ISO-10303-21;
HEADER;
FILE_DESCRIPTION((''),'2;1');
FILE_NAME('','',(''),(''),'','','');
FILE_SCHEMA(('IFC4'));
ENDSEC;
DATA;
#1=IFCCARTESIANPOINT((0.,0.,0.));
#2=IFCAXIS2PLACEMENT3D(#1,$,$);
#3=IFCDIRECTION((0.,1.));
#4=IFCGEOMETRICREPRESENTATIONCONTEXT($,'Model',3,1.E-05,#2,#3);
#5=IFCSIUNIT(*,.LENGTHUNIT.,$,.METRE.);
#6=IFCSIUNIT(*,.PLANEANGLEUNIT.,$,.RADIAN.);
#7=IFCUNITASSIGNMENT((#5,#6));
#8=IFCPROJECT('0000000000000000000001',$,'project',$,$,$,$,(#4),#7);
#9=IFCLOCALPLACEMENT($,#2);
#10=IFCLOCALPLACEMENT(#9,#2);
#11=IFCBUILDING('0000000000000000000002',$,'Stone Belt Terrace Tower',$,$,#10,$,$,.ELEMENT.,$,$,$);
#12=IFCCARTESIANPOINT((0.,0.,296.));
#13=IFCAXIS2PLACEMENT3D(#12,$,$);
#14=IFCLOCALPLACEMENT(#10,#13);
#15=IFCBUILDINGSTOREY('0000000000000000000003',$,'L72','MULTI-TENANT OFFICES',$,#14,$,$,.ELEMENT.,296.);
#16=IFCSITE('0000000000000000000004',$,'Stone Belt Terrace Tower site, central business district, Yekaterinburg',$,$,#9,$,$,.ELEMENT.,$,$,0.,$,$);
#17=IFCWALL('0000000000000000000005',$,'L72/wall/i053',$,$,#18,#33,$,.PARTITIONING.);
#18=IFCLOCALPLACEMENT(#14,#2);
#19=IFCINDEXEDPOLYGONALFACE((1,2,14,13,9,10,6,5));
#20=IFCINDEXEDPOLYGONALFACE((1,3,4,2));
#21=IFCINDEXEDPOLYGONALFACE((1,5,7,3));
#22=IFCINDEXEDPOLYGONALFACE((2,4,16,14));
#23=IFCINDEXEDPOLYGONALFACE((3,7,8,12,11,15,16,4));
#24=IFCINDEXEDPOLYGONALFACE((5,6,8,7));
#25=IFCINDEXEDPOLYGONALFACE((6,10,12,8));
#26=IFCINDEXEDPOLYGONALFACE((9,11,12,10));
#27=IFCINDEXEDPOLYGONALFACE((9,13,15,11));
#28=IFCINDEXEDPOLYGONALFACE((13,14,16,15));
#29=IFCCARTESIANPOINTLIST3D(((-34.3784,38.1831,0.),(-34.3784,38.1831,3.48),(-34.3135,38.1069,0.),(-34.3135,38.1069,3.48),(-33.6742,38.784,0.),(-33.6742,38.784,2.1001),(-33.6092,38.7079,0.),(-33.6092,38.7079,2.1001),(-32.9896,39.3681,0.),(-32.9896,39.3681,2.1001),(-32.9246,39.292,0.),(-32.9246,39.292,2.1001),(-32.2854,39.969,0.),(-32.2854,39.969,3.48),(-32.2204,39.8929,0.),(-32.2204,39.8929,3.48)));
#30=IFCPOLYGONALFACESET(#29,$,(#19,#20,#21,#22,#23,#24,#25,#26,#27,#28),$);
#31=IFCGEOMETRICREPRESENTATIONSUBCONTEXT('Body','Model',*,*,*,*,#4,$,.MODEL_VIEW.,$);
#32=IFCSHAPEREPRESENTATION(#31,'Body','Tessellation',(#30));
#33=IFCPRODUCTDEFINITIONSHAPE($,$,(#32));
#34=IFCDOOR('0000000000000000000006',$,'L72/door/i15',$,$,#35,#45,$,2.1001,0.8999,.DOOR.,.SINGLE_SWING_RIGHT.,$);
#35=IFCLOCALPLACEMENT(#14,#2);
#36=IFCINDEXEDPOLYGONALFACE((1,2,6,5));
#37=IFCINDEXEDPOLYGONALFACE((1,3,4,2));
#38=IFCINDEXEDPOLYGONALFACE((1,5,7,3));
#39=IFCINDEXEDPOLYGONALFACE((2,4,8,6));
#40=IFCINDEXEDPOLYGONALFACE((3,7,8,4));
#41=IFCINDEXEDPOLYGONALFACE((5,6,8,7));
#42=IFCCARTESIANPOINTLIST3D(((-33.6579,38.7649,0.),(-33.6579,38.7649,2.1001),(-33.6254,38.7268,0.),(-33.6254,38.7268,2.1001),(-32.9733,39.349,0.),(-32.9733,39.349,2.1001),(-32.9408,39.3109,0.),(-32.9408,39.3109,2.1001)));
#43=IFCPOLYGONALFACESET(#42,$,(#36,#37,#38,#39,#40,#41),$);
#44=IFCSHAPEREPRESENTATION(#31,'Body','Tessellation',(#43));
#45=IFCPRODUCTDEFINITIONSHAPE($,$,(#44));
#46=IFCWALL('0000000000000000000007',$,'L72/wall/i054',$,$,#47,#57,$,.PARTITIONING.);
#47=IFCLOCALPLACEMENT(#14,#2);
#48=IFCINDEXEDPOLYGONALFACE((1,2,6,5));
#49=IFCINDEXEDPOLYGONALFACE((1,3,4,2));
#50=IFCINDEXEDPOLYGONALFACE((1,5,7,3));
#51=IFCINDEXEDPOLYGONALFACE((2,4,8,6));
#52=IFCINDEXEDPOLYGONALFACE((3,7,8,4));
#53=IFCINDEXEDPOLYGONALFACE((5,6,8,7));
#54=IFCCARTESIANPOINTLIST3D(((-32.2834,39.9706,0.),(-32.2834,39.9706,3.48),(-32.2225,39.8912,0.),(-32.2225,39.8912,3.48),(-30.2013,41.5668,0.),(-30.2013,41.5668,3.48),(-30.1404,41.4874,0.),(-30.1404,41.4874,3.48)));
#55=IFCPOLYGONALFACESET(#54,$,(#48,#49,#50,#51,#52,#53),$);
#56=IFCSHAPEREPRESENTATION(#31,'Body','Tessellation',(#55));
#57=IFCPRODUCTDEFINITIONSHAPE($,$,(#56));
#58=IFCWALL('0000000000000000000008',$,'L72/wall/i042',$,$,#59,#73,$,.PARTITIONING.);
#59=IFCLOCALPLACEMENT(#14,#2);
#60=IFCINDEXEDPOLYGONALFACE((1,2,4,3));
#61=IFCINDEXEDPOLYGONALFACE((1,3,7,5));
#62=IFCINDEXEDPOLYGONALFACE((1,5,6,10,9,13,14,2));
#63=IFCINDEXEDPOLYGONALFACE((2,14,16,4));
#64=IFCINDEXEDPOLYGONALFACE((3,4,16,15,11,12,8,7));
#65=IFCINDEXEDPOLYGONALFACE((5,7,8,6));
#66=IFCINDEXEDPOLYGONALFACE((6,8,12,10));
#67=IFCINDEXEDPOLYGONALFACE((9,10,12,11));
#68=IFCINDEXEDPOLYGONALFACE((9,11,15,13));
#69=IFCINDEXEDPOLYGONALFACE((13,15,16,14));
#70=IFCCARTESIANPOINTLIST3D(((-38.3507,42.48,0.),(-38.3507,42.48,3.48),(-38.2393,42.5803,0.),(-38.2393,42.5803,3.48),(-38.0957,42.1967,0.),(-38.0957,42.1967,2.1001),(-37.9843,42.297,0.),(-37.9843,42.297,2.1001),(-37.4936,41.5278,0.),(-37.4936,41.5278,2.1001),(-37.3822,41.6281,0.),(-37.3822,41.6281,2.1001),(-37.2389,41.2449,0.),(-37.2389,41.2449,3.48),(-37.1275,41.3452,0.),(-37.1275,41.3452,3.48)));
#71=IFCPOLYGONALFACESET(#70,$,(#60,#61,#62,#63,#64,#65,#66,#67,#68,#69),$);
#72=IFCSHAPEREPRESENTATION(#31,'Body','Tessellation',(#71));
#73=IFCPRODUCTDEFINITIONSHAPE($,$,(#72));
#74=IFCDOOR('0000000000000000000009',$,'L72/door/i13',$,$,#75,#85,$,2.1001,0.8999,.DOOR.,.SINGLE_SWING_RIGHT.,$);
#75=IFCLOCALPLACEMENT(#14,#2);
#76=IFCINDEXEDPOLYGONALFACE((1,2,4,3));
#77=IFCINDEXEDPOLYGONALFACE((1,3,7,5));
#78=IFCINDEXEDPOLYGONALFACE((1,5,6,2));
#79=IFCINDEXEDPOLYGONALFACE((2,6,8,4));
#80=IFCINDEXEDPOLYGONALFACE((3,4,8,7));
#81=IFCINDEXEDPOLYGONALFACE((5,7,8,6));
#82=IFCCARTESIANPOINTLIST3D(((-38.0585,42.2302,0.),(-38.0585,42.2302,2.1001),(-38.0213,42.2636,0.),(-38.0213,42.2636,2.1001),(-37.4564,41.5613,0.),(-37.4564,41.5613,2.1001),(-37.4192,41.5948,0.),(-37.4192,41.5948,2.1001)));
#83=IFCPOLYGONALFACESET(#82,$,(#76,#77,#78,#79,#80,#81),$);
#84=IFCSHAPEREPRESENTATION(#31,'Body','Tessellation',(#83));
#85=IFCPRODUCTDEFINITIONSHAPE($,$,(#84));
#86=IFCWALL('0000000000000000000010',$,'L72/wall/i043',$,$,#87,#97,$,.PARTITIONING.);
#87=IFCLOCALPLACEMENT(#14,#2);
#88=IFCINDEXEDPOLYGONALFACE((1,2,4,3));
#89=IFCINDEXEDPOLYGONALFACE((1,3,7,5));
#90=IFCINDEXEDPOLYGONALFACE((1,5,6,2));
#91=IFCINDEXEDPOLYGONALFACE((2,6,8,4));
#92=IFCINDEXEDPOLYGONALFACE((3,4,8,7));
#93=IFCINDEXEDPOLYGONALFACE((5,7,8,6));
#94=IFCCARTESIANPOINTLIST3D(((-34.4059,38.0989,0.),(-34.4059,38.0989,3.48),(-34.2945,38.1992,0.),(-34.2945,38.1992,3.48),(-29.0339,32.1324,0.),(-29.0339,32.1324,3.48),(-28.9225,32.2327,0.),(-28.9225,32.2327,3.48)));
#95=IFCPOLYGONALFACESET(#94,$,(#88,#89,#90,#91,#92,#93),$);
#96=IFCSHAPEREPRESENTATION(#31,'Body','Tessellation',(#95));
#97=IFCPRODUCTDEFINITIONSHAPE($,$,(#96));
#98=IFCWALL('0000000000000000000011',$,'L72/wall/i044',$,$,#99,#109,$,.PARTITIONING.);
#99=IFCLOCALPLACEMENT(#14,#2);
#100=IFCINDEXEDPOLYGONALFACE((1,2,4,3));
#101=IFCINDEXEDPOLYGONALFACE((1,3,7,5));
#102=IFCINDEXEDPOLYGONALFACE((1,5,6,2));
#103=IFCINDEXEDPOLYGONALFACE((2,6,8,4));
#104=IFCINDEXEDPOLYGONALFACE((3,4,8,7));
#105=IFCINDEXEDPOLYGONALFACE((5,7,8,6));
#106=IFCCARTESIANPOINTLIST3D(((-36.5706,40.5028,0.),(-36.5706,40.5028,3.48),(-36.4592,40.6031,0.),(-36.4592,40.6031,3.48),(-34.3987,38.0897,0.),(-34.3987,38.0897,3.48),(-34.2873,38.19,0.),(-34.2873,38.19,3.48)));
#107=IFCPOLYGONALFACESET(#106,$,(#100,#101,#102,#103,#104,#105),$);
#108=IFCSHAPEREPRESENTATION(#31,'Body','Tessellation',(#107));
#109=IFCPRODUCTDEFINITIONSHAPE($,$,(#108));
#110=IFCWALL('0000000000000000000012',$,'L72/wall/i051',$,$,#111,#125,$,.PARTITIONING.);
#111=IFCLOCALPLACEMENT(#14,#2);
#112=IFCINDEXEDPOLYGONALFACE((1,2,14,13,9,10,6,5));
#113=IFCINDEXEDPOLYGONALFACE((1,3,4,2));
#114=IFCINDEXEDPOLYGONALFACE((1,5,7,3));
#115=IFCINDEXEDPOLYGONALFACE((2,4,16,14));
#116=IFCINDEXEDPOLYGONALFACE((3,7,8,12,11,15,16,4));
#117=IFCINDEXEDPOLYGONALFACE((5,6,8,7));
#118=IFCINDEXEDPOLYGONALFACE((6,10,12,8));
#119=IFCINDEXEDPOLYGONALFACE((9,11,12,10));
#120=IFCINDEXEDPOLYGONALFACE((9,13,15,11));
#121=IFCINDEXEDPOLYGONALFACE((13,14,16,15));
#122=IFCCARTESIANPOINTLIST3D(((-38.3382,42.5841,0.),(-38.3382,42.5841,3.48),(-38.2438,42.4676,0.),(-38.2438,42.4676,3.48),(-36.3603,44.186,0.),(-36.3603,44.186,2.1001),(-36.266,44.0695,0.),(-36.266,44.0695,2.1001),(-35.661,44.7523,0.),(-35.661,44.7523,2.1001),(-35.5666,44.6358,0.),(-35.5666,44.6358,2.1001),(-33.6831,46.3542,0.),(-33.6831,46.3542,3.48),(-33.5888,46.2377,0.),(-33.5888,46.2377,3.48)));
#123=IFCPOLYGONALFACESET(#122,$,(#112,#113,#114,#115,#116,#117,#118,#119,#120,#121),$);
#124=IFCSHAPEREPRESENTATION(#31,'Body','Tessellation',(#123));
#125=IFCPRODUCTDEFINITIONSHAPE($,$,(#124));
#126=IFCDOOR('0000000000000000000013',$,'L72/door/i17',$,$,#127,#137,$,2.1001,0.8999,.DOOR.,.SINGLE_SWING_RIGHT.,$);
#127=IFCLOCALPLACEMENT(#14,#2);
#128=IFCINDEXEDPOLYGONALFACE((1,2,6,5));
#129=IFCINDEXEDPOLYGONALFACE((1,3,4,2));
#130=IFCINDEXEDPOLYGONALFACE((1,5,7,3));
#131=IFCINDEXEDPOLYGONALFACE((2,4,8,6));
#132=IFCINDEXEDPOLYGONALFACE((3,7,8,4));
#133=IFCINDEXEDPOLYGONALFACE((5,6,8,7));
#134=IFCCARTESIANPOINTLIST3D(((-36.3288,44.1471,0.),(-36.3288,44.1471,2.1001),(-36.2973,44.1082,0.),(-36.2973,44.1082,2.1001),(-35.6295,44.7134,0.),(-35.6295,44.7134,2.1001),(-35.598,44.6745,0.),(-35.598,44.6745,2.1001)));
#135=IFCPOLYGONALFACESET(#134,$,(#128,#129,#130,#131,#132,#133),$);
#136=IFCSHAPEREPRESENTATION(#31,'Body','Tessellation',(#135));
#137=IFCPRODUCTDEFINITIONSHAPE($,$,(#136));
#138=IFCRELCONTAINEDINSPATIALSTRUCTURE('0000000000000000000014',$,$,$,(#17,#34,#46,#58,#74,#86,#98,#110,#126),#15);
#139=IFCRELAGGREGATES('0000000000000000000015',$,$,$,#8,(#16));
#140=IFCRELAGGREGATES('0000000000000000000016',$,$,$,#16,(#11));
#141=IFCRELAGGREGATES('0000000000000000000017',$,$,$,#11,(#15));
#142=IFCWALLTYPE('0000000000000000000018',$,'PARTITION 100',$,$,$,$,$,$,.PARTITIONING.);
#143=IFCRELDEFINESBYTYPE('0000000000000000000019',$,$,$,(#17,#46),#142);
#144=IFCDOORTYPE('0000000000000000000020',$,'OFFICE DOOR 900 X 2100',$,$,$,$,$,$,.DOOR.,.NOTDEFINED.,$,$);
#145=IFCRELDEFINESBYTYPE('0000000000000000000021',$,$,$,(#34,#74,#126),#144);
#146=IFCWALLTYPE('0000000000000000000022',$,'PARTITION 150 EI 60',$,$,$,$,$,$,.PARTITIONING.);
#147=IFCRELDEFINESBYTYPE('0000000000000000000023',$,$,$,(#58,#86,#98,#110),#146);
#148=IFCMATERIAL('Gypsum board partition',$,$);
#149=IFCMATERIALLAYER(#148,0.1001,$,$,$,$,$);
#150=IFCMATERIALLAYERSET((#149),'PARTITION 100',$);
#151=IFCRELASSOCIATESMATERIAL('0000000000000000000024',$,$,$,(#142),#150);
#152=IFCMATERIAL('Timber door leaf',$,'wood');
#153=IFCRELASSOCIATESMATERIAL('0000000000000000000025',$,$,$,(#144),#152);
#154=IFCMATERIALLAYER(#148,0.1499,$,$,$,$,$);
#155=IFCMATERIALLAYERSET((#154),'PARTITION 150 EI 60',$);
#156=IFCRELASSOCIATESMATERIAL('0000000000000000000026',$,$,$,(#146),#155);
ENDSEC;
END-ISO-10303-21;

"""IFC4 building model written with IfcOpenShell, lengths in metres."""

from ifc_helpers import new_model, si_unit, direction, frame, frame_2d, origin, place, context, subcontext, project, spatial, rectangle, extrude, material, layer, layer_set, type_object, element, fill, save


model = new_model("IFC4")

# Units and contexts
model_context = context("Model", 3, precision=1e-05, world=origin(), true_north=direction((0.0, 1.0)))
body_context = subcontext(model_context, "Body", "Model", "MODEL_VIEW")
ifc_project = project(units=[si_unit("LENGTHUNIT", "METRE"), si_unit("PLANEANGLEUNIT", "RADIAN")], contexts=[model_context])

# Site, building, storey
site_placement = place(None, origin())
site = spatial("IfcSite", under=ifc_project, at=site_placement, Name="Stone Belt Terrace Tower site, central business district, Yekaterinburg", CompositionType="ELEMENT", RefElevation=0.0)
building_placement = place(site_placement, origin())
building = spatial("IfcBuilding", under=site, at=building_placement, Name="Stone Belt Terrace Tower", CompositionType="ELEMENT")
storey_placement = place(building_placement, frame((0.0, 0.0, 296.0)))
storey = spatial("IfcBuildingStorey", under=building, at=storey_placement, Name="L72", Description="MULTI-TENANT OFFICES", CompositionType="ELEMENT", Elevation=296.0)

# Wall, opening, door
ifc_material_1 = material(Name="Gypsum board partition")
ifc_layer_1 = layer(ifc_material_1, 0.1001)
ifc_layer_set_1 = layer_set([ifc_layer_1], Name="PARTITION 100")
wall_type_1 = type_object("IfcWallType", Name="PARTITION 100", PredefinedType="PARTITIONING", material=ifc_layer_set_1)
wall_1_placement = place(storey_placement, frame((-34.3459, 38.145, 0.0), z_axis=(0.0, 0.0, 1.0), x_axis=(0.760714, 0.649087, 0.0)))
wall_1 = element("IfcWall", 1, at=wall_1_placement, inside=storey, type_object=wall_type_1, Name="L72/wall/i053", PredefinedType="PARTITIONING", context=body_context, shape_type="SweptSolid", body=[
    extrude(rectangle(XDim=2.7515, YDim=0.1001, at=frame_2d((1.3757, 0.0))), origin(), (0.0, 0.0, 1.0), 3.48),
])
opening_1_placement = place(wall_1_placement, frame((0.9258, 0.0, 0.0)))
opening_1 = element("IfcOpeningElement", 2, at=opening_1_placement, cuts=wall_1, PredefinedType="OPENING", context=body_context, shape_type="SweptSolid", body=[
    extrude(rectangle(XDim=0.8999, YDim=2.1001, at=frame_2d((0.45, 1.05))), frame((0.0, 0.0601, 0.0), z_axis=(0.0, -1.0, 0.0), x_axis=(1.0, 0.0, 0.0)), (0.0, 0.0, 1.0), 0.1201),
])
ifc_material_2 = material(Name="Timber door leaf", Category="wood")
door_type = type_object("IfcDoorType", Name="OFFICE DOOR 900 X 2100", OperationType="NOTDEFINED", PredefinedType="DOOR", material=ifc_material_2)
door_1_placement = place(opening_1_placement, origin())
door_1 = element("IfcDoor", 3, at=door_1_placement, inside=storey, type_object=door_type, Name="L72/door/i15", OperationType="SINGLE_SWING_RIGHT", OverallHeight=2.1001, OverallWidth=0.8999, PredefinedType="DOOR", context=body_context, shape_type="SweptSolid", body=[
    extrude(rectangle(XDim=0.8999, YDim=2.1001, at=frame_2d((0.45, 1.05))), frame((0.0, 0.0249, 0.0), z_axis=(0.0, -1.0, 0.0), x_axis=(1.0, 0.0, 0.0)), (0.0, 0.0, 1.0), 0.05),
])
fill(opening_1, door_1)

# Wall
wall_2_placement = place(storey_placement, frame((-32.2529, 39.9309, 0.0), z_axis=(0.0, 0.0, 1.0), x_axis=(0.793612, 0.608424, 0.0)))
element("IfcWall", 4, at=wall_2_placement, inside=storey, type_object=wall_type_1, Name="L72/wall/i054", PredefinedType="PARTITIONING", context=body_context, shape_type="SweptSolid", body=[
    extrude(rectangle(XDim=2.6235, YDim=0.1001, at=frame_2d((1.3118, 0.0))), origin(), (0.0, 0.0, 1.0), 3.48),
])

# Wall, opening, door
ifc_layer_2 = layer(ifc_material_1, 0.1499)
ifc_layer_set_2 = layer_set([ifc_layer_2], Name="PARTITION 150 EI 60")
wall_type_2 = type_object("IfcWallType", Name="PARTITION 150 EI 60", PredefinedType="PARTITIONING", material=ifc_layer_set_2)
wall_3_placement = place(storey_placement, frame((-37.1831, 41.2949, 0.0), z_axis=(0.0, 0.0, 1.0), x_axis=(-0.669038, 0.743228, 0.0)))
wall_3 = element("IfcWall", 5, at=wall_3_placement, inside=storey, type_object=wall_type_2, Name="L72/wall/i042", PredefinedType="PARTITIONING", context=body_context, shape_type="SweptSolid", body=[
    extrude(rectangle(XDim=1.6619, YDim=0.1499, at=frame_2d((0.8311, 0.0))), origin(), (0.0, 0.0, 1.0), 3.48),
])
opening_2_placement = place(wall_3_placement, frame((0.3809, 0.0, 0.0)))
opening_2 = element("IfcOpeningElement", 6, at=opening_2_placement, cuts=wall_3, PredefinedType="OPENING", context=body_context, shape_type="SweptSolid", body=[
    extrude(rectangle(XDim=0.8999, YDim=2.1001, at=frame_2d((0.45, 1.05))), frame((0.0, 0.085, 0.0), z_axis=(0.0, -1.0, 0.0), x_axis=(1.0, 0.0, 0.0)), (0.0, 0.0, 1.0), 0.1699),
])
door_2_placement = place(opening_2_placement, origin())
door_2 = element("IfcDoor", 7, at=door_2_placement, inside=storey, type_object=door_type, Name="L72/door/i13", OperationType="SINGLE_SWING_RIGHT", OverallHeight=2.1001, OverallWidth=0.8999, PredefinedType="DOOR", context=body_context, shape_type="SweptSolid", body=[
    extrude(rectangle(XDim=0.8999, YDim=2.1001, at=frame_2d((0.45, 1.05))), frame((0.0, 0.0249, 0.0), z_axis=(0.0, -1.0, 0.0), x_axis=(1.0, 0.0, 0.0)), (0.0, 0.0, 1.0), 0.05),
])
fill(opening_2, door_2)

# Walls
wall_4_placement = place(storey_placement, frame((-34.3501, 38.1489, 0.0), z_axis=(0.0, 0.0, 1.0), x_axis=(0.669114, -0.74316, 0.0)))
element("IfcWall", 8, at=wall_4_placement, inside=storey, type_object=wall_type_2, Name="L72/wall/i043", PredefinedType="PARTITIONING", context=body_context, shape_type="SweptSolid", body=[
    extrude(rectangle(XDim=8.0286, YDim=0.1499, at=frame_2d((4.0142, 0.0))), origin(), (0.0, 0.0, 1.0), 3.48),
])
wall_5_placement = place(storey_placement, frame((-36.5149, 40.553, 0.0), z_axis=(0.0, 0.0, 1.0), x_axis=(0.668981, -0.743279, 0.0)))
element("IfcWall", 9, at=wall_5_placement, inside=storey, type_object=wall_type_2, Name="L72/wall/i044", PredefinedType="PARTITIONING", context=body_context, shape_type="SweptSolid", body=[
    extrude(rectangle(XDim=3.2466, YDim=0.1499, at=frame_2d((1.6233, 0.0))), origin(), (0.0, 0.0, 1.0), 3.48),
])

# Wall, opening, door
wall_6_placement = place(storey_placement, frame((-38.291, 42.5259, 0.0), z_axis=(0.0, 0.0, 1.0), x_axis=(0.777109, 0.629366, 0.0)))
wall_6 = element("IfcWall", 10, at=wall_6_placement, inside=storey, type_object=wall_type_2, Name="L72/wall/i051", PredefinedType="PARTITIONING", context=body_context, shape_type="SweptSolid", body=[
    extrude(rectangle(XDim=5.9902, YDim=0.1499, at=frame_2d((2.9951, 0.0))), origin(), (0.0, 0.0, 1.0), 3.48),
])
opening_3_placement = place(wall_6_placement, frame((2.5452, 0.0, 0.0)))
opening_3 = element("IfcOpeningElement", 11, at=opening_3_placement, cuts=wall_6, PredefinedType="OPENING", context=body_context, shape_type="SweptSolid", body=[
    extrude(rectangle(XDim=0.8999, YDim=2.1001, at=frame_2d((0.45, 1.05))), frame((0.0, 0.085, 0.0), z_axis=(0.0, -1.0, 0.0), x_axis=(1.0, 0.0, 0.0)), (0.0, 0.0, 1.0), 0.1699),
])
door_3_placement = place(opening_3_placement, origin())
door_3 = element("IfcDoor", 12, at=door_3_placement, inside=storey, type_object=door_type, Name="L72/door/i17", OperationType="SINGLE_SWING_RIGHT", OverallHeight=2.1001, OverallWidth=0.8999, PredefinedType="DOOR", context=body_context, shape_type="SweptSolid", body=[
    extrude(rectangle(XDim=0.8999, YDim=2.1001, at=frame_2d((0.45, 1.05))), frame((0.0, 0.0249, 0.0), z_axis=(0.0, -1.0, 0.0), x_axis=(1.0, 0.0, 0.0)), (0.0, 0.0, 1.0), 0.05),
])
fill(opening_3, door_3)

save(model, "model.ifc")
